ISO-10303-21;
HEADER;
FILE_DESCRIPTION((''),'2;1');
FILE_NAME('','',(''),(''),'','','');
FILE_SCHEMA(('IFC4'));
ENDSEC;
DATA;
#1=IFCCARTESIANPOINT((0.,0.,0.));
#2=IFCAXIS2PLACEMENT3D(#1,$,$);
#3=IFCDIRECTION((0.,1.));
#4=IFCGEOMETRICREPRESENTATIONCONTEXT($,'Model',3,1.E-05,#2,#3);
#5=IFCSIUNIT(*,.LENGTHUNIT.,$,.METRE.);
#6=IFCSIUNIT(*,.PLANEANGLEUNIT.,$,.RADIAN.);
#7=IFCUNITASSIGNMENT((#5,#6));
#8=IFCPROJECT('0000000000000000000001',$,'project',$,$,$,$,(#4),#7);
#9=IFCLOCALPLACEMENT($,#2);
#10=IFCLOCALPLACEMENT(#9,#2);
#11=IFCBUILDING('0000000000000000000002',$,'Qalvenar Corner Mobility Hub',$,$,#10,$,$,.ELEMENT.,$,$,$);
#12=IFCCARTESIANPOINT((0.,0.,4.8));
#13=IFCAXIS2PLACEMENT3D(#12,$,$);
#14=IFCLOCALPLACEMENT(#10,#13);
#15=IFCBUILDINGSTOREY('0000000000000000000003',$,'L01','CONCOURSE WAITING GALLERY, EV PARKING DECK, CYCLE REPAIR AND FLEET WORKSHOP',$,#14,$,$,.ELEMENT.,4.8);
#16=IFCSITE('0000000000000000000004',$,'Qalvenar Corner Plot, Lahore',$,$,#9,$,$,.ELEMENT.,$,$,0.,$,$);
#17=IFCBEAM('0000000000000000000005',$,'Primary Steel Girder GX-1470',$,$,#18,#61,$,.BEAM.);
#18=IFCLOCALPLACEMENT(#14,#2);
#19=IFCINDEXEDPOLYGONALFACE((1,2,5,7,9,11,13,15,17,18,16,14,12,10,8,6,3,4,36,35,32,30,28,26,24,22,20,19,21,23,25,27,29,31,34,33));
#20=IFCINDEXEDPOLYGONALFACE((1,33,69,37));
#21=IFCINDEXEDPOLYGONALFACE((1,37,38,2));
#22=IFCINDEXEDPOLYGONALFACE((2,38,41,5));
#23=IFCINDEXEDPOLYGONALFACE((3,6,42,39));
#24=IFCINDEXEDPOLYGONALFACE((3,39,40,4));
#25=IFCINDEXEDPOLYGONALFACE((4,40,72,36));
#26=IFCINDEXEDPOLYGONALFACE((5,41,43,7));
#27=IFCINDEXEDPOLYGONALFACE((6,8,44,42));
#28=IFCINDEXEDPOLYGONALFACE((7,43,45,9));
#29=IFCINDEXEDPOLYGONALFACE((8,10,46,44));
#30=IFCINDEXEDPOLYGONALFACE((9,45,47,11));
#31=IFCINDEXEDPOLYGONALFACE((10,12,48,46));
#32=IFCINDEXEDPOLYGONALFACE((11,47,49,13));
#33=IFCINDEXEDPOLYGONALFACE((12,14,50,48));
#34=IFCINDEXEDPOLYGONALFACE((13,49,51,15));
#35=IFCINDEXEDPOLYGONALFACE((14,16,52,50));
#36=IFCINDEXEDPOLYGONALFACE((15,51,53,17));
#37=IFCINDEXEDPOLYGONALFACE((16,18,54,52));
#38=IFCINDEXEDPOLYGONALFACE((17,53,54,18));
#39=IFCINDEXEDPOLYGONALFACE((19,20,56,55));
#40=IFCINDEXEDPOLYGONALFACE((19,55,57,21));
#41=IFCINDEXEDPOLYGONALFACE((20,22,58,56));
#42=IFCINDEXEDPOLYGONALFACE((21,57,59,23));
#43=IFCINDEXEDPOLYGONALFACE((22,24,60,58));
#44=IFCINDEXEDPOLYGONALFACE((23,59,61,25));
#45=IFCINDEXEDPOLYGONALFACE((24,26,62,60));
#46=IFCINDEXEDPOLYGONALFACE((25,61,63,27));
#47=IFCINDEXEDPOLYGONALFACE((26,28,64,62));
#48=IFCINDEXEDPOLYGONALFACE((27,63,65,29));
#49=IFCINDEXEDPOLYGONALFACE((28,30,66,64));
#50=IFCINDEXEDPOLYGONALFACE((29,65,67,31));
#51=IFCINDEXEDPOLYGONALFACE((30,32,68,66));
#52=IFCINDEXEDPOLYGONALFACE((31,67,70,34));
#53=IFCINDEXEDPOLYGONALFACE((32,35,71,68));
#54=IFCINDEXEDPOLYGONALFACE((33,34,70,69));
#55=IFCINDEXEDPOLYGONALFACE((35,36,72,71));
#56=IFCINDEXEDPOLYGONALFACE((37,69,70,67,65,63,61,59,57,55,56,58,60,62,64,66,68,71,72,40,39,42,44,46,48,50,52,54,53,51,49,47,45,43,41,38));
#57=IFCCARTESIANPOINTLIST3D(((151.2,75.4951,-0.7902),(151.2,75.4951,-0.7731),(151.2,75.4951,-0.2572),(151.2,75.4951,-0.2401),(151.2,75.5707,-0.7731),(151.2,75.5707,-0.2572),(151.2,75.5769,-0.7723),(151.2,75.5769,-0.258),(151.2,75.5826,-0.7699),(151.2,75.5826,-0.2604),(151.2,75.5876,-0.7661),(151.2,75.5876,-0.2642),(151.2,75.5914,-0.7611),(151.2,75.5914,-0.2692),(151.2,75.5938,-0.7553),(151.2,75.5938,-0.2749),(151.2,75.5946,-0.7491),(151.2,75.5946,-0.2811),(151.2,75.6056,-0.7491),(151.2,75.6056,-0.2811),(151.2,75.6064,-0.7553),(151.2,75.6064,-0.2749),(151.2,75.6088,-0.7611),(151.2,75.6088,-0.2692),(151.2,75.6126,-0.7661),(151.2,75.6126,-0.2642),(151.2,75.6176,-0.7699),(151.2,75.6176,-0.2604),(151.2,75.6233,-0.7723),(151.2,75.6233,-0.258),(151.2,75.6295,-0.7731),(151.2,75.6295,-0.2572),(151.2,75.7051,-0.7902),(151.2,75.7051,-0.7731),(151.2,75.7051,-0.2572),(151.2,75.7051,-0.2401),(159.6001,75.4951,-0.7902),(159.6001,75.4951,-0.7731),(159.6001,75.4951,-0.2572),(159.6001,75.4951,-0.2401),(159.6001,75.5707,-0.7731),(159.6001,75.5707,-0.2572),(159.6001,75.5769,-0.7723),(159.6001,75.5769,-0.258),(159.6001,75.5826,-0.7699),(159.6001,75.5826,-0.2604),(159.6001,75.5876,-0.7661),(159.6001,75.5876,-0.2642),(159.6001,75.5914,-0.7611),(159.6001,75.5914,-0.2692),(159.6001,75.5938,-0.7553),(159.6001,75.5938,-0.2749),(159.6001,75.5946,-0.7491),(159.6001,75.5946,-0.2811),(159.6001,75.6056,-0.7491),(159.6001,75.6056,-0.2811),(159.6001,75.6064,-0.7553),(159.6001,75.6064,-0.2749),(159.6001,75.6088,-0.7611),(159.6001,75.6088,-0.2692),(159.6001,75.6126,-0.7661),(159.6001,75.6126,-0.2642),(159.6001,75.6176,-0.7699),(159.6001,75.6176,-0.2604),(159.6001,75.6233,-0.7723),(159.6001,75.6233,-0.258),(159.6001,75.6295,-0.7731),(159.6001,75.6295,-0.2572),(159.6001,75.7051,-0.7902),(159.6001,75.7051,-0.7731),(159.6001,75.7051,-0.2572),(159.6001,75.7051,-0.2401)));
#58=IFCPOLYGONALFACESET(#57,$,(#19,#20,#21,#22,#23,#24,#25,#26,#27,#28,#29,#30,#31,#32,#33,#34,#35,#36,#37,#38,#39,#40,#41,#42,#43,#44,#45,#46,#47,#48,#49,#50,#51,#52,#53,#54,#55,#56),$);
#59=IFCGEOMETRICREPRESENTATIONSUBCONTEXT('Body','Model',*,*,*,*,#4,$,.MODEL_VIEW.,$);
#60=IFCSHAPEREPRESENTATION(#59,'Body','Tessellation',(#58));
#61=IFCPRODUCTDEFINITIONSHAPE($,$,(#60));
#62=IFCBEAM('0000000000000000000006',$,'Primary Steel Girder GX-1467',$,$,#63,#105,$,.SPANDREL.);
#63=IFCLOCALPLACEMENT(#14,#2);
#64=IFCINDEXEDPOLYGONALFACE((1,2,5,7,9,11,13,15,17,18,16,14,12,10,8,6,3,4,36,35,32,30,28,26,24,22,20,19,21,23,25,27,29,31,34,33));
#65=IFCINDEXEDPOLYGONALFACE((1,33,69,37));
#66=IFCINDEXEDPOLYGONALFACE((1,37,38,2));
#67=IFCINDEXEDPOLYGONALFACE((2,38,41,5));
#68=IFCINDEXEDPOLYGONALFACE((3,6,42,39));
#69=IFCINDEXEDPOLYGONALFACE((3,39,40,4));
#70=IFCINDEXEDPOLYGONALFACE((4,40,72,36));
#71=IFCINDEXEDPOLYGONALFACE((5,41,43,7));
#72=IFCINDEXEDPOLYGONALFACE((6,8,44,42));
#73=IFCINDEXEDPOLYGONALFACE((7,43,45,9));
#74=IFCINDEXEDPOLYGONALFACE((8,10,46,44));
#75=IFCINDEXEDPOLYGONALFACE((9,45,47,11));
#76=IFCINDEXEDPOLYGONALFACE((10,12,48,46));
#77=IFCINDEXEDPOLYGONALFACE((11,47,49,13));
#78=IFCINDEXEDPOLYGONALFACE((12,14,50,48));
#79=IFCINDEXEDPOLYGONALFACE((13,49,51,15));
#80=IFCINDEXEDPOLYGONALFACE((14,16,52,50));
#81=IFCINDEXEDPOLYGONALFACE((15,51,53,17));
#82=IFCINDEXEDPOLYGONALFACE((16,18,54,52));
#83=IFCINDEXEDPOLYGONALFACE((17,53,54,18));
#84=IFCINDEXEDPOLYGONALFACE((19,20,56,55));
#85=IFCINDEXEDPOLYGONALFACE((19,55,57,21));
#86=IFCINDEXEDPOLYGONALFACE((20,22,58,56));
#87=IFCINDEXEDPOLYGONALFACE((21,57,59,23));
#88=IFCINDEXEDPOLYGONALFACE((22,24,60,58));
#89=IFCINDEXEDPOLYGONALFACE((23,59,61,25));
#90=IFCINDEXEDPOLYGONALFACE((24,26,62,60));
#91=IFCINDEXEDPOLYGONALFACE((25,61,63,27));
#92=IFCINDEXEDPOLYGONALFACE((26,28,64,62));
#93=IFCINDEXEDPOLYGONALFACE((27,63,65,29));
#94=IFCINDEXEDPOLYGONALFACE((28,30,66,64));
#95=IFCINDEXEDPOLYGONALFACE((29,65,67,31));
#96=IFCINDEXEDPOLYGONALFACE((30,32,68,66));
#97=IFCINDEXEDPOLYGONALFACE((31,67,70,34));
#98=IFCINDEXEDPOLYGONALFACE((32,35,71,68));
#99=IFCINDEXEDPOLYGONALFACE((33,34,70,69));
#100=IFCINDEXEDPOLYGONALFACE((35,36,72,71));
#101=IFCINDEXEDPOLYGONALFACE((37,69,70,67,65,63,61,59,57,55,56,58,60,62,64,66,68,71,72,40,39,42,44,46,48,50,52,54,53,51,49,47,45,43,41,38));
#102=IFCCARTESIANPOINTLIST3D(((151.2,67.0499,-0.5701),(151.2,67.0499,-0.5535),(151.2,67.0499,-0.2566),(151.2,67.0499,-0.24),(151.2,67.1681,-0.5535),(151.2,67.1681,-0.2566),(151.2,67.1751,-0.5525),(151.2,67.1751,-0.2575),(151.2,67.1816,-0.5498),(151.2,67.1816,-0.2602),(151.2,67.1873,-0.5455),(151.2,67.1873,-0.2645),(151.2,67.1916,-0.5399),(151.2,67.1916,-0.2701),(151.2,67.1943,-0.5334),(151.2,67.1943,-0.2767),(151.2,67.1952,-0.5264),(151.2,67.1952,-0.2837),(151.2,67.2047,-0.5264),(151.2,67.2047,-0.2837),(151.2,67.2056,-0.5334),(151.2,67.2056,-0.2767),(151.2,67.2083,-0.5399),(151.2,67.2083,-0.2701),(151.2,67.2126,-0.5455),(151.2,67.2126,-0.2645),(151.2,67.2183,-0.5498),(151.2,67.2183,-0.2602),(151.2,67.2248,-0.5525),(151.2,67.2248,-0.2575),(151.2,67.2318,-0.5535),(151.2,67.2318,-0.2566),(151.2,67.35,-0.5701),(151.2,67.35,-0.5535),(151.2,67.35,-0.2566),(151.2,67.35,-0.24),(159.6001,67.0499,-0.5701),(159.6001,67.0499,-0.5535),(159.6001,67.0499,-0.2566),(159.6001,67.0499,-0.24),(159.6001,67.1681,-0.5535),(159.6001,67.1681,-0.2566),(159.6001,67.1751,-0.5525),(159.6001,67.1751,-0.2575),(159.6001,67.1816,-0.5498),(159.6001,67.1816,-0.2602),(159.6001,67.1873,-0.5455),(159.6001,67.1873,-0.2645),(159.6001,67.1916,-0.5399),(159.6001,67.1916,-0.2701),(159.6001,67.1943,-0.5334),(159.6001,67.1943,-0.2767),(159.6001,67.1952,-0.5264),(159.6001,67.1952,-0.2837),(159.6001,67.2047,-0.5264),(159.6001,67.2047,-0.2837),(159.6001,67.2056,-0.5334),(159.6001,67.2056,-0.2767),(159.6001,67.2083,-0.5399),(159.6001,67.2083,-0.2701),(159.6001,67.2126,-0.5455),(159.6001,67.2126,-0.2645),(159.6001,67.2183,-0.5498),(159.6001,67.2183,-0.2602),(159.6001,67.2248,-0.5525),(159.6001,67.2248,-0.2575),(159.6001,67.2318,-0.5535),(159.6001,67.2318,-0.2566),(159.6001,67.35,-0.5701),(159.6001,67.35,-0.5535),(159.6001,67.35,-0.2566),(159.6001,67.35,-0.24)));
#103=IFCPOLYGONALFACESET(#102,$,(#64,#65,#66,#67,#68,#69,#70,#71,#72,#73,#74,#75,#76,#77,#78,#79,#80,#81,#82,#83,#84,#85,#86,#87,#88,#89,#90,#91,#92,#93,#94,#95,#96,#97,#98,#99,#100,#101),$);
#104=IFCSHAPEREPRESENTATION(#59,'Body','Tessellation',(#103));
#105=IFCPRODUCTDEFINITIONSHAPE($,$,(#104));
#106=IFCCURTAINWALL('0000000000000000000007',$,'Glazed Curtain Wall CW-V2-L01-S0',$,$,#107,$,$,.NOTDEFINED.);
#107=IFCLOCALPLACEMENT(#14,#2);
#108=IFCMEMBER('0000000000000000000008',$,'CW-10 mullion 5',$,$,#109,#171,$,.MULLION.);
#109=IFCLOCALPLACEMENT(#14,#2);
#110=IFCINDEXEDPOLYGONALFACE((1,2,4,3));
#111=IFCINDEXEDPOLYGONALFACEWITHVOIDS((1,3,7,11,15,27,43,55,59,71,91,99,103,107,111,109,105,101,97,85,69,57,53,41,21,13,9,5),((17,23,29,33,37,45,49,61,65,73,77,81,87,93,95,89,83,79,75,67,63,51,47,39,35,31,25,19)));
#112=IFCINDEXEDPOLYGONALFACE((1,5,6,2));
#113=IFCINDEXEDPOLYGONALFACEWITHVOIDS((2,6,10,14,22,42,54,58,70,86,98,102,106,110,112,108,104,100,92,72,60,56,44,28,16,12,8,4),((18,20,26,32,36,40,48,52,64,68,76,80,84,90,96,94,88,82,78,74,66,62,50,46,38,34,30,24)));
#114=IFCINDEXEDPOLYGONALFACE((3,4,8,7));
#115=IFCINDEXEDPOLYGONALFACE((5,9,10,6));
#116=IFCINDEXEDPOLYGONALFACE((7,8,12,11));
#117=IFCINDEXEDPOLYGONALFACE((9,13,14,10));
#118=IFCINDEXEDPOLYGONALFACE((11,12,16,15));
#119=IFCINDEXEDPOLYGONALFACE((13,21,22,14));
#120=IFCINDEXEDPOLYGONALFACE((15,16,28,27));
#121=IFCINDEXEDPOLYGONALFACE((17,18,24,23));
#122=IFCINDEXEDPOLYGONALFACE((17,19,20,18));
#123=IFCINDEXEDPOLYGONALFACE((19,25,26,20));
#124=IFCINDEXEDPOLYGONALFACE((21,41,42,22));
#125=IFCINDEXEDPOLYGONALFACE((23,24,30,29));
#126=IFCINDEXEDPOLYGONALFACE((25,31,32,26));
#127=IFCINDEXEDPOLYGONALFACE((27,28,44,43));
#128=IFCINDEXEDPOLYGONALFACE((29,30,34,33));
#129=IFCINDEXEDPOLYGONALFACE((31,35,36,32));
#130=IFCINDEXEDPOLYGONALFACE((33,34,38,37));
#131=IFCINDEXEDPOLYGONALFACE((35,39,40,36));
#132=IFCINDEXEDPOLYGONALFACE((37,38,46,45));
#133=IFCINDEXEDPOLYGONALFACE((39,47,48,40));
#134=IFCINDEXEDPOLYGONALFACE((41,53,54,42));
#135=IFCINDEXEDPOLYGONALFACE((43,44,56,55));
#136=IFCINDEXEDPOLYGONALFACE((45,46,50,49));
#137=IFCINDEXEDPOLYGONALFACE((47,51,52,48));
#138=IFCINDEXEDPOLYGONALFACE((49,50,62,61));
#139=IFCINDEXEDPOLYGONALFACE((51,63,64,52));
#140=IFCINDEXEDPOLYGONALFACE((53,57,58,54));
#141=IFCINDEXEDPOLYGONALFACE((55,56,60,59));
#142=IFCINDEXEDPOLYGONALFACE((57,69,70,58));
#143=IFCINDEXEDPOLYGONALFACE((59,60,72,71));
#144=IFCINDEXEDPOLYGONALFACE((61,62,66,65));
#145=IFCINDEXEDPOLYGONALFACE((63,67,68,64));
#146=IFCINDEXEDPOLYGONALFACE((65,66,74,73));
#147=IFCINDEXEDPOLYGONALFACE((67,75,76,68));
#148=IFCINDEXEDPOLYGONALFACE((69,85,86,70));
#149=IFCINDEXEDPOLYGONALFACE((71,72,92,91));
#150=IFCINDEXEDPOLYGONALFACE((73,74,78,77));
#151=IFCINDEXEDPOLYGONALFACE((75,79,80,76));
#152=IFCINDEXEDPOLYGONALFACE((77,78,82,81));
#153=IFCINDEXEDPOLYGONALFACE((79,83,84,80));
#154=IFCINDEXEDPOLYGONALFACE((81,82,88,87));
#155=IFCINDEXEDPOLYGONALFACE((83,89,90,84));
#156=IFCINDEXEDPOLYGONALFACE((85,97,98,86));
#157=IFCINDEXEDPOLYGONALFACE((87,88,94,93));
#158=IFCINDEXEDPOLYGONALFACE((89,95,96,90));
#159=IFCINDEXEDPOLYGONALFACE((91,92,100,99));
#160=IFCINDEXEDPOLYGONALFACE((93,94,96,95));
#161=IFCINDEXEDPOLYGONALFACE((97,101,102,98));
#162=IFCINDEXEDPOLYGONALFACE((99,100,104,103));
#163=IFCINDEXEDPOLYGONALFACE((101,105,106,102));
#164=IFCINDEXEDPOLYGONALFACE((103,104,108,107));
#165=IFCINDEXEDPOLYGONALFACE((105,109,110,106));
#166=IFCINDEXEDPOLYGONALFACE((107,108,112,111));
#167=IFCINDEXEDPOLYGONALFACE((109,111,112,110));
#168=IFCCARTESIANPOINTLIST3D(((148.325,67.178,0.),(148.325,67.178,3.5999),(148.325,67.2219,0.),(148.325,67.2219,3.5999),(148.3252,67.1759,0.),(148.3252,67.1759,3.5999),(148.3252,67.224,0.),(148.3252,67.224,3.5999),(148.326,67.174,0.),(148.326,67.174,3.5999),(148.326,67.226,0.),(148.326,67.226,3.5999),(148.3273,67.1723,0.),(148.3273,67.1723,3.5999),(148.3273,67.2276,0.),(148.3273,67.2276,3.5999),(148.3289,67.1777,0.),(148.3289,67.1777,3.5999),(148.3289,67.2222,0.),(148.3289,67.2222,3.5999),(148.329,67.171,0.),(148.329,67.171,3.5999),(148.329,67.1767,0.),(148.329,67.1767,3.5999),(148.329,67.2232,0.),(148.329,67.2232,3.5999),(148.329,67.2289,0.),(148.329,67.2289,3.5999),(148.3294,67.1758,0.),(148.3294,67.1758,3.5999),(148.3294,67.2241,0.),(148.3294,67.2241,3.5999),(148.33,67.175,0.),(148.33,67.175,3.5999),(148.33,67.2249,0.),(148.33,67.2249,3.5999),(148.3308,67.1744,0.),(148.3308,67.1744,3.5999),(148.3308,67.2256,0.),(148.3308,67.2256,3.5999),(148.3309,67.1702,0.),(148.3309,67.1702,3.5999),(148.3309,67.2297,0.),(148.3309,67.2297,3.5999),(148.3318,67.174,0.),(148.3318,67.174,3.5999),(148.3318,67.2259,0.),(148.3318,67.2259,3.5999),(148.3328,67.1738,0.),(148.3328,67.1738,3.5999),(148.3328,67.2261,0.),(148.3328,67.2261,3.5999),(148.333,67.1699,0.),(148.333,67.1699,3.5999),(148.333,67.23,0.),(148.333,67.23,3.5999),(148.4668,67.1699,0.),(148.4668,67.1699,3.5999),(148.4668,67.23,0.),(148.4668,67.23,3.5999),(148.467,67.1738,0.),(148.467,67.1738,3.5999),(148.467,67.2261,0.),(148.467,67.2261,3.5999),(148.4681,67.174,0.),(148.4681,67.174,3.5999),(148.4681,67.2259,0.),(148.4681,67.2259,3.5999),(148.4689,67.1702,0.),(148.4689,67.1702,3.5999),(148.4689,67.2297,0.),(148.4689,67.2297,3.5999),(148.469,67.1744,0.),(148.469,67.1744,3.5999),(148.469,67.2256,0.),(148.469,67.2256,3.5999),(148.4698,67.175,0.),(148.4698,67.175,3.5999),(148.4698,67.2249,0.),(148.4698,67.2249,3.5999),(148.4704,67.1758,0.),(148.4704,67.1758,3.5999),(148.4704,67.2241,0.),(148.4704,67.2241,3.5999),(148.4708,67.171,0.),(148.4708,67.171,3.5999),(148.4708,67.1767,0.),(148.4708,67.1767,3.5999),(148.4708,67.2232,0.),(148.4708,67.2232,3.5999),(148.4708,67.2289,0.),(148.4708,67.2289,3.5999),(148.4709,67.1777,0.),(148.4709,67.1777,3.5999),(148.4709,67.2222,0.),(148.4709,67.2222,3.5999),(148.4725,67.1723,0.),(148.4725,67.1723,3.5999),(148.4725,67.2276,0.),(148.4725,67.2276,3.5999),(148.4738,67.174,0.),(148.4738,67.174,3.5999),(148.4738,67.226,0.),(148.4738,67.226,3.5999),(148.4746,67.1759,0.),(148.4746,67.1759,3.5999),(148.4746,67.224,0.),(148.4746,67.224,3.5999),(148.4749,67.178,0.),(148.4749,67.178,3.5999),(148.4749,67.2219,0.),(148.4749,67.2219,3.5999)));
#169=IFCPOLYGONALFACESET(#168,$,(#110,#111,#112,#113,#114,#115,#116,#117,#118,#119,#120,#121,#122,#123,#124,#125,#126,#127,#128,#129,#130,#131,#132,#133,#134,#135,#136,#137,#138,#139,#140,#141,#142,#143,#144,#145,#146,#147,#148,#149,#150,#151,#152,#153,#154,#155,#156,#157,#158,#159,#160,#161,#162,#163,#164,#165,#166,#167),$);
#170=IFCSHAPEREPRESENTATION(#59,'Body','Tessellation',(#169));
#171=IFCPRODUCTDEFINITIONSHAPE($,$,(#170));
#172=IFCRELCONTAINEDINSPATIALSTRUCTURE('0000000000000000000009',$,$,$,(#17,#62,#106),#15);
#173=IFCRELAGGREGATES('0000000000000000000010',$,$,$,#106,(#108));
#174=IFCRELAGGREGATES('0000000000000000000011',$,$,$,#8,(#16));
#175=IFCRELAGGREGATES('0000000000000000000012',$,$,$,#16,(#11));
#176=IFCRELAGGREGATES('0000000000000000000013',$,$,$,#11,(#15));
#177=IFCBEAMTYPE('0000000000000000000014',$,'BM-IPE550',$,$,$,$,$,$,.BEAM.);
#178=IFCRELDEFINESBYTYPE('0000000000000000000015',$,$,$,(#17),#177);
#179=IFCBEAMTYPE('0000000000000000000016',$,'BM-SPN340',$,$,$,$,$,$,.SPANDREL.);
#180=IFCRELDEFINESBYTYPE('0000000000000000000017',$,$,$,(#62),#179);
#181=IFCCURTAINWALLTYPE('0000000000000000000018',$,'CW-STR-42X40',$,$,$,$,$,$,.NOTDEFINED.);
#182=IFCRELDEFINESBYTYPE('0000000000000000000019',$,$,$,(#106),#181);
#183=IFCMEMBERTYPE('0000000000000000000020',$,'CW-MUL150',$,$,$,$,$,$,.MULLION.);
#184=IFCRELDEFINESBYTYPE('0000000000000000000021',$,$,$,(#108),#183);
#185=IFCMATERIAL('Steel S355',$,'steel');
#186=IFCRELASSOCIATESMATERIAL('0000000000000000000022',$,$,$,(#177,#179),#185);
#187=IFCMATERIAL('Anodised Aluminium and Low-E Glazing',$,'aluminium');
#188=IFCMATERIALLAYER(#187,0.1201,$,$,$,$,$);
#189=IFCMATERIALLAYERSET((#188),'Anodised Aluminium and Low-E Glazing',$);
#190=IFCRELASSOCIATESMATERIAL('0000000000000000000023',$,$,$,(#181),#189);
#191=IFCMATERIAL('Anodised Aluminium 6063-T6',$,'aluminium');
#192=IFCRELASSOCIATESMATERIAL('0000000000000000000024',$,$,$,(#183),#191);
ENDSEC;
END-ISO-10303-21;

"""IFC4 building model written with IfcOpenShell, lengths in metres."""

from ifc_helpers import new_model, si_unit, direction, frame, origin, origin_2d, place, context, subcontext, project, spatial, hollow_rectangle, i_section, extrude, material, layer, layer_set, material_profile, profile_set, type_object, element, aggregate, save


model = new_model("IFC4")

# Units and contexts
model_context = context("Model", 3, precision=1e-05, world=origin(), true_north=direction((0.0, 1.0)))
body_context = subcontext(model_context, "Body", "Model", "MODEL_VIEW")
ifc_project = project(units=[si_unit("LENGTHUNIT", "METRE"), si_unit("PLANEANGLEUNIT", "RADIAN")], contexts=[model_context])

# Site, building, storey
site_placement = place(None, origin())
site = spatial("IfcSite", under=ifc_project, at=site_placement, Name="Qalvenar Corner Plot, Lahore", CompositionType="ELEMENT", RefElevation=0.0)
building_placement = place(site_placement, origin())
building = spatial("IfcBuilding", under=site, at=building_placement, Name="Qalvenar Corner Mobility Hub", CompositionType="ELEMENT")
storey_placement = place(building_placement, frame((0.0, 0.0, 4.8)))
storey = spatial("IfcBuildingStorey", under=building, at=storey_placement, Name="L01", Description="CONCOURSE WAITING GALLERY, EV PARKING DECK, CYCLE REPAIR AND FLEET WORKSHOP", CompositionType="ELEMENT", Elevation=4.8)

# Shared definitions
ifc_material_1 = material(Name="Steel S355", Category="steel")

# Beams
ifc_material_profile_1 = material_profile(ifc_material_1, i_section(OverallWidth=0.21, OverallDepth=0.55, WebThickness=0.011, FlangeThickness=0.0171, FilletRadius=0.0239, at=origin_2d()), Name="IPE550")
ifc_profile_set_1 = profile_set([ifc_material_profile_1], Name="Steel S355")
beam_type_1 = type_object("IfcBeamType", Name="BM-IPE550", PredefinedType="BEAM", material=ifc_profile_set_1)
beam_1_placement = place(storey_placement, frame((151.2, 75.6001, -0.5151), z_axis=(1.0, 0.0, 0.0), x_axis=(0.0, 1.0, 0.0)))
element("IfcBeam", 1, at=beam_1_placement, inside=storey, type_object=beam_type_1, Name="Primary Steel Girder GX-1470", PredefinedType="BEAM", context=body_context, shape_type="SweptSolid", body=[
    extrude(i_section(OverallWidth=0.21, OverallDepth=0.55, WebThickness=0.011, FlangeThickness=0.0171, FilletRadius=0.0239, at=origin_2d()), origin(), (0.0, 0.0, 1.0), 8.4001),
])
ifc_material_profile_2 = material_profile(ifc_material_1, i_section(OverallWidth=0.3, OverallDepth=0.3301, WebThickness=0.0095, FlangeThickness=0.0166, FilletRadius=0.0271, at=origin_2d()), Name="HEA340")
ifc_profile_set_2 = profile_set([ifc_material_profile_2], Name="Steel S355")
beam_type_2 = type_object("IfcBeamType", Name="BM-SPN340", PredefinedType="SPANDREL", material=ifc_profile_set_2)
beam_2_placement = place(storey_placement, frame((151.2, 67.2, -0.405), z_axis=(1.0, 0.0, 0.0), x_axis=(0.0, 1.0, 0.0)))
element("IfcBeam", 2, at=beam_2_placement, inside=storey, type_object=beam_type_2, Name="Primary Steel Girder GX-1467", PredefinedType="SPANDREL", context=body_context, shape_type="SweptSolid", body=[
    extrude(i_section(OverallWidth=0.3, OverallDepth=0.3301, WebThickness=0.0095, FlangeThickness=0.0166, FilletRadius=0.0271, at=origin_2d()), origin(), (0.0, 0.0, 1.0), 8.4001),
])

# Curtain wall, member
ifc_material_2 = material(Name="Anodised Aluminium and Low-E Glazing", Category="aluminium")
ifc_layer_1 = layer(ifc_material_2, 0.1201)
ifc_layer_set_1 = layer_set([ifc_layer_1], Name="Anodised Aluminium and Low-E Glazing")
curtain_wall_type = type_object("IfcCurtainWallType", Name="CW-STR-42X40", PredefinedType="NOTDEFINED", material=ifc_layer_set_1)
curtain_wall_1_placement = place(storey_placement, origin())
curtain_wall_1 = element("IfcCurtainWall", 3, at=curtain_wall_1_placement, inside=storey, type_object=curtain_wall_type, Name="Glazed Curtain Wall CW-V2-L01-S0", PredefinedType="NOTDEFINED")
ifc_material_3 = material(Name="Anodised Aluminium 6063-T6", Category="aluminium")
ifc_material_profile_3 = material_profile(ifc_material_3, hollow_rectangle(XDim=0.0601, YDim=0.1499, WallThickness=0.0039, InnerFilletRadius=0.0039, OuterFilletRadius=0.0081, at=origin_2d()), Name="RHS150x60x4")
ifc_profile_set_3 = profile_set([ifc_material_profile_3], Name="Anodised Aluminium 6063-T6")
member_type_1 = type_object("IfcMemberType", Name="CW-MUL150", PredefinedType="MULLION", material=ifc_profile_set_3)
member_1_placement = place(storey_placement, frame((148.3999, 67.2, 0.0), z_axis=(0.0, 0.0, 1.0), x_axis=(0.0, 1.0, 0.0)))
member_1 = element("IfcMember", 4, at=member_1_placement, type_object=member_type_1, Name="CW-10 mullion 5", PredefinedType="MULLION", context=body_context, shape_type="SweptSolid", body=[
    extrude(hollow_rectangle(XDim=0.0601, YDim=0.1499, WallThickness=0.0039, InnerFilletRadius=0.0039, OuterFilletRadius=0.0081, at=origin_2d()), origin(), (0.0, 0.0, 1.0), 3.5999),
])

aggregate(curtain_wall_1, [member_1])

save(model, "model.ifc")
